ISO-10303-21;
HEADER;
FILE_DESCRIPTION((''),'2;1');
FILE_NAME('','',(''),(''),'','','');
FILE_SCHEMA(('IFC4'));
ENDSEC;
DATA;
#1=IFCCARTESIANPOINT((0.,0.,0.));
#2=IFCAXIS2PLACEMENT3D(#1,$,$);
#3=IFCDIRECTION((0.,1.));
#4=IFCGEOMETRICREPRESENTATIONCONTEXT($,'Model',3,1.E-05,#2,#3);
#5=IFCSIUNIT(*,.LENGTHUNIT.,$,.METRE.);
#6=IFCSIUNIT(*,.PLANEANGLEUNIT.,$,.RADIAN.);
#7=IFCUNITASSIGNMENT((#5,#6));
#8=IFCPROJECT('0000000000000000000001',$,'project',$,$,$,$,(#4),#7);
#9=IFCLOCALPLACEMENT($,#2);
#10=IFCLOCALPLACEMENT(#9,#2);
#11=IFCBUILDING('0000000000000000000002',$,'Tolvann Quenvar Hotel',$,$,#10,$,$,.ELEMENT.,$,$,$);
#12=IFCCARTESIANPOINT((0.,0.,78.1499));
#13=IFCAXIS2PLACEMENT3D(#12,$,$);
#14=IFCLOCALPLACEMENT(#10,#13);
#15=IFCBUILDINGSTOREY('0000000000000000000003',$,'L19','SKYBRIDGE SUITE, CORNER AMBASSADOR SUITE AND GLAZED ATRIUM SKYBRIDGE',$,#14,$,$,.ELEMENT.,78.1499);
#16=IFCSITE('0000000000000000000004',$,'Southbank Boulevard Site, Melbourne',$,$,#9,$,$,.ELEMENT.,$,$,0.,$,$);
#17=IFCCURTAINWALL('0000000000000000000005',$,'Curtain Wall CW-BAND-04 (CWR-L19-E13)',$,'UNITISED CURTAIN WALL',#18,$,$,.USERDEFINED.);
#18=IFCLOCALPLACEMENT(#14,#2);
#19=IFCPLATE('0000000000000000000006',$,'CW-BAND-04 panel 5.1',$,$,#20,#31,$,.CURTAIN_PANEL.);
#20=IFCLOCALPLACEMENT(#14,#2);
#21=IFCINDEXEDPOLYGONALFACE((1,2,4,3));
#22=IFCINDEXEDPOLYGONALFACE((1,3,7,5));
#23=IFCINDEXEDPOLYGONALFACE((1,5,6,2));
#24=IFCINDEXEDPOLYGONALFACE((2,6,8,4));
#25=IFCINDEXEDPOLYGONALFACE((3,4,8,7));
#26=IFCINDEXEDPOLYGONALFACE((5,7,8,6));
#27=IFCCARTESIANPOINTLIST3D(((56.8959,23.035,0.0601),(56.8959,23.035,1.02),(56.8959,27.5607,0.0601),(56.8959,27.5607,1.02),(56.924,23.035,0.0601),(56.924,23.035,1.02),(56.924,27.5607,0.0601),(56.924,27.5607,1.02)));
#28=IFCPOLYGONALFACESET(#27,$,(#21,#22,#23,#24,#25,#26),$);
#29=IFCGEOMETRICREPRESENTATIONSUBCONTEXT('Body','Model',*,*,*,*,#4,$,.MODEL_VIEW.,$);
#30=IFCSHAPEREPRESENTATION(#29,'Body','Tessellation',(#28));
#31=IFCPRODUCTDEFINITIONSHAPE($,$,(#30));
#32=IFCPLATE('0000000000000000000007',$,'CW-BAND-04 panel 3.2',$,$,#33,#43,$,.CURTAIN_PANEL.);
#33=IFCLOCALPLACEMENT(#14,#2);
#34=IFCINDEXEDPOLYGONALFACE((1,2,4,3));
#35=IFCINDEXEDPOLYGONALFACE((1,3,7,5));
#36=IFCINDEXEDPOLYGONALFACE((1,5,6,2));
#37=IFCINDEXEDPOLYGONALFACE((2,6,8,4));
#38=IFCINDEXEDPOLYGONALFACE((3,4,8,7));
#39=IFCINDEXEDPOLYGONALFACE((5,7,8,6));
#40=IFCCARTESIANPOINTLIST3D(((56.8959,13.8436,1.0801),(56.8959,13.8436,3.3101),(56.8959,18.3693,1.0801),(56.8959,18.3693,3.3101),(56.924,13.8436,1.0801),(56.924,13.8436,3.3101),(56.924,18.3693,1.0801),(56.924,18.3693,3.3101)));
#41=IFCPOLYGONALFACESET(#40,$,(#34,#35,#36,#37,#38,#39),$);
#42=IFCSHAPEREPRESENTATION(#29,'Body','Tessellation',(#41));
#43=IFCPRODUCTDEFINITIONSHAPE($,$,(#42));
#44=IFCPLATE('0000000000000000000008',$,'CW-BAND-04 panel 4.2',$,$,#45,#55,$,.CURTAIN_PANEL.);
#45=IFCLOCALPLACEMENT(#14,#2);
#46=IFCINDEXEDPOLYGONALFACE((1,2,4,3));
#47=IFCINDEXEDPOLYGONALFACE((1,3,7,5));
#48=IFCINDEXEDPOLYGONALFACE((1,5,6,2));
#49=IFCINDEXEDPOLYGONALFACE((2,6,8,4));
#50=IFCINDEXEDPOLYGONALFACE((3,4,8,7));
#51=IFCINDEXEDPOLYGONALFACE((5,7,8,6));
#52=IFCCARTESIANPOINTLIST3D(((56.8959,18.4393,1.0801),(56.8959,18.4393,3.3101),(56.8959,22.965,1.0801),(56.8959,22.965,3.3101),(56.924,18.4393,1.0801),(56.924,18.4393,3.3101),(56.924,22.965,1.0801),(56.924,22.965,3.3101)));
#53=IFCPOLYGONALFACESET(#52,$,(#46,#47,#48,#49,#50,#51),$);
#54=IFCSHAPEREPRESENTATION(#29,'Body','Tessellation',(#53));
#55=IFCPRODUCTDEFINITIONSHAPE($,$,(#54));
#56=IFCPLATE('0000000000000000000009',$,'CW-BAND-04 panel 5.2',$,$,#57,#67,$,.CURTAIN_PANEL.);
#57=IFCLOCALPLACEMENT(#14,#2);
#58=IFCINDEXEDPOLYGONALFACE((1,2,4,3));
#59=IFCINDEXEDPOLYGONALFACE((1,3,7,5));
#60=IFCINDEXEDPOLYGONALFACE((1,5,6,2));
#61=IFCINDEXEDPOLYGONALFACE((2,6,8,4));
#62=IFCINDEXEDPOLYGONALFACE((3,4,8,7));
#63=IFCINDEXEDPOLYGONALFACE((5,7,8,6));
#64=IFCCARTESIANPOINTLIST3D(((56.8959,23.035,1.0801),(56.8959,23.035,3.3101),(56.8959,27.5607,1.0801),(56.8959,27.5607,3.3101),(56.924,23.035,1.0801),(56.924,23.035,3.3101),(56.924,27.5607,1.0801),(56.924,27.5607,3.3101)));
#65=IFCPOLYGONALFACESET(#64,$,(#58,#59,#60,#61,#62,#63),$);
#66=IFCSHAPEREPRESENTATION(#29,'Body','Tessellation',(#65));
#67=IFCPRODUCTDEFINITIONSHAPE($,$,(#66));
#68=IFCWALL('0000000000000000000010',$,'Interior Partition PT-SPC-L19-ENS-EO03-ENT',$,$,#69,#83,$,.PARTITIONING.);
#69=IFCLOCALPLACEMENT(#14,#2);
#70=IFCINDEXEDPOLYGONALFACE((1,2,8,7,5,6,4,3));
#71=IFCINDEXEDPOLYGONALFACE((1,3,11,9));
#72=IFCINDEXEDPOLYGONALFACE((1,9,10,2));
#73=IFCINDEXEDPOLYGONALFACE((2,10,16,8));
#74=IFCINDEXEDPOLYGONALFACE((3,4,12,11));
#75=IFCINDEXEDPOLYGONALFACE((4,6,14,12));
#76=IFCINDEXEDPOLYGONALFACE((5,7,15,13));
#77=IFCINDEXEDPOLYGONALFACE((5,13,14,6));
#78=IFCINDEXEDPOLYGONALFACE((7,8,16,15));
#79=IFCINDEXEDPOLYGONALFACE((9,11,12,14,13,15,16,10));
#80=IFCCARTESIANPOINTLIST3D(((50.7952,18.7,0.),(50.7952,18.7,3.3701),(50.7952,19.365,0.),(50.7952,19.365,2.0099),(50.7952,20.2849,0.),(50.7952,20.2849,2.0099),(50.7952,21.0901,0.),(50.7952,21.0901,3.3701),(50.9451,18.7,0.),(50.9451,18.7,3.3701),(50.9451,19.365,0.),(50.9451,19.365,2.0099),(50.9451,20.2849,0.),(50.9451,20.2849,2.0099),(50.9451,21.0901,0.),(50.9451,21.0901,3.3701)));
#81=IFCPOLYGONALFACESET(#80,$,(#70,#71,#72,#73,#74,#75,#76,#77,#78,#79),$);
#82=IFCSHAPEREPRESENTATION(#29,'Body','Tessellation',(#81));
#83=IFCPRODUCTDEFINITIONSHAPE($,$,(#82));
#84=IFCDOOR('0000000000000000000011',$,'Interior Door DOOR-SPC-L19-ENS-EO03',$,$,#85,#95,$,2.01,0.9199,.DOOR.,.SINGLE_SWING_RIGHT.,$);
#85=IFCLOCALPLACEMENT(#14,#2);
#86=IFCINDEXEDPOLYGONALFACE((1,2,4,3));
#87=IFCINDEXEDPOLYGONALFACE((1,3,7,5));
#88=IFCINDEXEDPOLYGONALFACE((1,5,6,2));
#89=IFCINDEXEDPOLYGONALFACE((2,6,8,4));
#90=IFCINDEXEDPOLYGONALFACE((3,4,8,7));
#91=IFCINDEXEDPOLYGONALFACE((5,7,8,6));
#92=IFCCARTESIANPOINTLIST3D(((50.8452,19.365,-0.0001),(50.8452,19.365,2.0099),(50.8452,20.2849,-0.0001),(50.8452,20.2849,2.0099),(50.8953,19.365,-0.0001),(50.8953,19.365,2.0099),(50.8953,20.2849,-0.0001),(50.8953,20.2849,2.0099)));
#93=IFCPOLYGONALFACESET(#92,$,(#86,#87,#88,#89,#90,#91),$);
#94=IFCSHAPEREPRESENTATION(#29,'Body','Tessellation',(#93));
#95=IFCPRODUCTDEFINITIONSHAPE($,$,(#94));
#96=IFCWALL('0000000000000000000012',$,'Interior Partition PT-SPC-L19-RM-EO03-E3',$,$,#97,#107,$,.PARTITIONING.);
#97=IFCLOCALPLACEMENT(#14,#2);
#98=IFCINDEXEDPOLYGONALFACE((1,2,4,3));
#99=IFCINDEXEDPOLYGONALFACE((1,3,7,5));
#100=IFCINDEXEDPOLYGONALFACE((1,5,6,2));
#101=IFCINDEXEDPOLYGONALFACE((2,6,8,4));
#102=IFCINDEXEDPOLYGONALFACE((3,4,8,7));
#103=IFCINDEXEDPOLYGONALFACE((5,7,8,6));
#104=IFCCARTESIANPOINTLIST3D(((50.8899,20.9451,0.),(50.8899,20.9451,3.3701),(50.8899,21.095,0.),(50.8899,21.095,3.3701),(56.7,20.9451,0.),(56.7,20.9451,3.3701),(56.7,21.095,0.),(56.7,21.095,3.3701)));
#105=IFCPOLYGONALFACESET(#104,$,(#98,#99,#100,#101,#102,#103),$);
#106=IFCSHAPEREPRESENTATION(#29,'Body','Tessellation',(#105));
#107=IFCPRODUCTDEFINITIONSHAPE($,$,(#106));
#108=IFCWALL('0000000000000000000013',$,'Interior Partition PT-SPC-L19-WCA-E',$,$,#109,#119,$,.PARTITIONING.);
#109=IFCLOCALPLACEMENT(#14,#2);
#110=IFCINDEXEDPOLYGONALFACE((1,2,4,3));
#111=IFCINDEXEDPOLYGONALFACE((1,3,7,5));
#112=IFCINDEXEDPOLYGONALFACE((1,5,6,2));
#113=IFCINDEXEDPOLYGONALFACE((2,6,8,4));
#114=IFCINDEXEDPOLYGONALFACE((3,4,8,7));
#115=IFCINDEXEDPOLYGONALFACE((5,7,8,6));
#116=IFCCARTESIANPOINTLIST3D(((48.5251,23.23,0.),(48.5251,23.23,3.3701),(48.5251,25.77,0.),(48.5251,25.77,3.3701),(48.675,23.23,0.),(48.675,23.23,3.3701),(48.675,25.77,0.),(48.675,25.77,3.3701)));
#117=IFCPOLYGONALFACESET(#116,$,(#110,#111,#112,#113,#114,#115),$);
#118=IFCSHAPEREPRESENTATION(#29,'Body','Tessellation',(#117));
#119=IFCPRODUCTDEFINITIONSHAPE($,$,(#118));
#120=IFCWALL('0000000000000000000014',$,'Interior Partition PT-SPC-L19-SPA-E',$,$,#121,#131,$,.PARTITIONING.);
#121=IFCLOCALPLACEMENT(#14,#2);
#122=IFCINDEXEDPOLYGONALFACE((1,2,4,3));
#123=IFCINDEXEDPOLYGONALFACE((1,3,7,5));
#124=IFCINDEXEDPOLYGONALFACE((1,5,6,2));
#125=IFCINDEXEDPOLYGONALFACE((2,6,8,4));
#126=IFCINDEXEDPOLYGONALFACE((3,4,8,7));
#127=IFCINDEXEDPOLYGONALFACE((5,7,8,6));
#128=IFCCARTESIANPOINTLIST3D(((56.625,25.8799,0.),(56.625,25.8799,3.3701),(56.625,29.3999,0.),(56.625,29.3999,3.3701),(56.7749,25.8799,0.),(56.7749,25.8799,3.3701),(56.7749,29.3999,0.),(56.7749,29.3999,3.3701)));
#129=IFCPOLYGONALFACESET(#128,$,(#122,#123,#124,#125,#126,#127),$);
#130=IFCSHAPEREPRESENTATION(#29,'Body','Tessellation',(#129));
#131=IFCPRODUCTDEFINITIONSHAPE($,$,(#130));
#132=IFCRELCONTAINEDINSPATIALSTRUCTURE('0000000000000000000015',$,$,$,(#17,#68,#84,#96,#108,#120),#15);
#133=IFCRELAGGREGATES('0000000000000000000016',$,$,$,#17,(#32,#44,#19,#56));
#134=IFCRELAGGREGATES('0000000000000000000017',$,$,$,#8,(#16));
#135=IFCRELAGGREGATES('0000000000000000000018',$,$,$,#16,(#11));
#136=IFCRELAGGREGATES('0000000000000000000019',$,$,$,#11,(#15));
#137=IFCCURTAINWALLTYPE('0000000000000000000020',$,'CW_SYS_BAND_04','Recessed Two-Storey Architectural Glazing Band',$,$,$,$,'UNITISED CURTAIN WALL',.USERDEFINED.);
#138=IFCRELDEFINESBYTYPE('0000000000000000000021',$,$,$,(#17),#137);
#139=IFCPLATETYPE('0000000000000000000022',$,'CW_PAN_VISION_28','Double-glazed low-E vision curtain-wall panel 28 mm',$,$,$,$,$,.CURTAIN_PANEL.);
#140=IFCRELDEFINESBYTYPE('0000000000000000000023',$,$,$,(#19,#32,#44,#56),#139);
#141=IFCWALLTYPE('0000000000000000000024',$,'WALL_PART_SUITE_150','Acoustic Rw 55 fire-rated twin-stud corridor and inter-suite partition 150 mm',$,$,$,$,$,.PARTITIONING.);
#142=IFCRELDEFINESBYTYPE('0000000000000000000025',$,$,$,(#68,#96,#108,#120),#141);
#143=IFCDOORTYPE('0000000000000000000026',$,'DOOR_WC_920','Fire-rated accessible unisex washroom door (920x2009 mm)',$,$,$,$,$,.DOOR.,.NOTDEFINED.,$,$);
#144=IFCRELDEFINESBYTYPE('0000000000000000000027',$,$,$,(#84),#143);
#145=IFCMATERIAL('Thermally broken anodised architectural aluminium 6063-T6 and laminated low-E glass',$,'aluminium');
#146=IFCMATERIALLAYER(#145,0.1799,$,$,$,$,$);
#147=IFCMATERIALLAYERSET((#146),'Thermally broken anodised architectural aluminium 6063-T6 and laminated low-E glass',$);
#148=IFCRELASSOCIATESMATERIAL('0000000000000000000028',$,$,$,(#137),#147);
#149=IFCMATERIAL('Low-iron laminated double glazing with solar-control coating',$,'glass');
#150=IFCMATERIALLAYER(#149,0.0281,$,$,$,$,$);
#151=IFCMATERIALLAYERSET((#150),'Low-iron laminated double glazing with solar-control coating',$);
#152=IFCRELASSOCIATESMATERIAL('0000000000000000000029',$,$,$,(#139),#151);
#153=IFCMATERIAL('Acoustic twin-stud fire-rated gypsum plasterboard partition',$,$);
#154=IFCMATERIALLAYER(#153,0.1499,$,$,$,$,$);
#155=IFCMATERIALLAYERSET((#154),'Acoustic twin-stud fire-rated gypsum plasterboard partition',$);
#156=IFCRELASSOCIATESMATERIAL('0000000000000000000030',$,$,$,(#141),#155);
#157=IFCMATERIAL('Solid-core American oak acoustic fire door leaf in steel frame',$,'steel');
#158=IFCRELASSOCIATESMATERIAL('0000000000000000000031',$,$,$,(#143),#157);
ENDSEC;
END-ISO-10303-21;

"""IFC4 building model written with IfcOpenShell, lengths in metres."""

from ifc_helpers import new_model, si_unit, direction, frame, frame_2d, origin, origin_2d, place, context, subcontext, project, spatial, rectangle, extrude, source, transform, mapped, material, layer, layer_set, type_object, type_shapes, element, fill, aggregate, save


model = new_model("IFC4")

# Units and contexts
model_context = context("Model", 3, precision=1e-05, world=origin(), true_north=direction((0.0, 1.0)))
body_context = subcontext(model_context, "Body", "Model", "MODEL_VIEW")
ifc_project = project(units=[si_unit("LENGTHUNIT", "METRE"), si_unit("PLANEANGLEUNIT", "RADIAN")], contexts=[model_context])

# Site, building, storey
site_placement = place(None, origin())
site = spatial("IfcSite", under=ifc_project, at=site_placement, Name="Southbank Boulevard Site, Melbourne", CompositionType="ELEMENT", RefElevation=0.0)
building_placement = place(site_placement, origin())
building = spatial("IfcBuilding", under=site, at=building_placement, Name="Tolvann Quenvar Hotel", CompositionType="ELEMENT")
storey_placement = place(building_placement, frame((0.0, 0.0, 78.1499)))
storey = spatial("IfcBuildingStorey", under=building, at=storey_placement, Name="L19", Description="SKYBRIDGE SUITE, CORNER AMBASSADOR SUITE AND GLAZED ATRIUM SKYBRIDGE", CompositionType="ELEMENT", Elevation=78.1499)

# Curtain wall, plates
ifc_material_1 = material(Name="Thermally broken anodised architectural aluminium 6063-T6 and laminated low-E glass", Category="aluminium")
ifc_layer_1 = layer(ifc_material_1, 0.1799)
ifc_layer_set_1 = layer_set([ifc_layer_1], Name="Thermally broken anodised architectural aluminium 6063-T6 and laminated low-E glass")
curtain_wall_type = type_object("IfcCurtainWallType", Name="CW_SYS_BAND_04", Description="Recessed Two-Storey Architectural Glazing Band", ElementType="UNITISED CURTAIN WALL", PredefinedType="USERDEFINED", material=ifc_layer_set_1)
curtain_wall_placement = place(storey_placement, origin())
curtain_wall = element("IfcCurtainWall", 1, at=curtain_wall_placement, inside=storey, type_object=curtain_wall_type, Name="Curtain Wall CW-BAND-04 (CWR-L19-E13)", ObjectType="UNITISED CURTAIN WALL", PredefinedType="USERDEFINED")
ifc_material_2 = material(Name="Low-iron laminated double glazing with solar-control coating", Category="glass")
ifc_layer_2 = layer(ifc_material_2, 0.0281)
ifc_layer_set_2 = layer_set([ifc_layer_2], Name="Low-iron laminated double glazing with solar-control coating")
plate_type = type_object("IfcPlateType", Name="CW_PAN_VISION_28", Description="Double-glazed low-E vision curtain-wall panel 28 mm", PredefinedType="CURTAIN_PANEL", material=ifc_layer_set_2)
shared_shape_1 = source(origin(), body_context, "Body", "SweptSolid", [
    extrude(rectangle(XDim=4.5256, YDim=0.0281, at=origin_2d()), origin(), (0.0, 0.0, 1.0), 0.96),
])
plate_1_placement = place(storey_placement, frame((56.9099, 25.2979, 0.0601), z_axis=(0.0, 0.0, 1.0), x_axis=(0.0, 1.0, 0.0)))
plate_1 = element("IfcPlate", 2, at=plate_1_placement, type_object=plate_type, Name="CW-BAND-04 panel 5.1", PredefinedType="CURTAIN_PANEL", context=body_context, shape_type="MappedRepresentation", body=[
    mapped(shared_shape_1, transform((0.0, 0.0, 0.0), x_axis=(1.0, 0.0, 0.0), y_axis=(0.0, 1.0, 0.0), z_axis=(0.0, 0.0, 1.0), scale=1.0)),
])
shared_shape_2 = source(origin(), body_context, "Body", "SweptSolid", [
    extrude(rectangle(XDim=4.5256, YDim=0.0281, at=origin_2d()), origin(), (0.0, 0.0, 1.0), 2.23),
])
type_shapes(plate_type, [shared_shape_1, shared_shape_2])
plate_2_placement = place(storey_placement, frame((56.9099, 16.1064, 1.0801), z_axis=(0.0, 0.0, 1.0), x_axis=(0.0, 1.0, 0.0)))
plate_2 = element("IfcPlate", 3, at=plate_2_placement, type_object=plate_type, Name="CW-BAND-04 panel 3.2", PredefinedType="CURTAIN_PANEL", context=body_context, shape_type="MappedRepresentation", body=[
    mapped(shared_shape_2, transform((0.0, 0.0, 0.0), x_axis=(1.0, 0.0, 0.0), y_axis=(0.0, 1.0, 0.0), z_axis=(0.0, 0.0, 1.0), scale=1.0)),
])
plate_3_placement = place(storey_placement, frame((56.9099, 20.7021, 1.0801), z_axis=(0.0, 0.0, 1.0), x_axis=(0.0, 1.0, 0.0)))
plate_3 = element("IfcPlate", 4, at=plate_3_placement, type_object=plate_type, Name="CW-BAND-04 panel 4.2", PredefinedType="CURTAIN_PANEL", context=body_context, shape_type="MappedRepresentation", body=[
    mapped(shared_shape_2, transform((0.0, 0.0, 0.0), x_axis=(1.0, 0.0, 0.0), y_axis=(0.0, 1.0, 0.0), z_axis=(0.0, 0.0, 1.0), scale=1.0)),
])
plate_4_placement = place(storey_placement, frame((56.9099, 25.2979, 1.0801), z_axis=(0.0, 0.0, 1.0), x_axis=(0.0, 1.0, 0.0)))
plate_4 = element("IfcPlate", 5, at=plate_4_placement, type_object=plate_type, Name="CW-BAND-04 panel 5.2", PredefinedType="CURTAIN_PANEL", context=body_context, shape_type="MappedRepresentation", body=[
    mapped(shared_shape_2, transform((0.0, 0.0, 0.0), x_axis=(1.0, 0.0, 0.0), y_axis=(0.0, 1.0, 0.0), z_axis=(0.0, 0.0, 1.0), scale=1.0)),
])
aggregate(curtain_wall, [plate_2, plate_3, plate_1, plate_4])

# Wall, opening, door
ifc_material_3 = material(Name="Acoustic twin-stud fire-rated gypsum plasterboard partition")
ifc_layer_3 = layer(ifc_material_3, 0.1499)
ifc_layer_set_3 = layer_set([ifc_layer_3], Name="Acoustic twin-stud fire-rated gypsum plasterboard partition")
wall_type = type_object("IfcWallType", Name="WALL_PART_SUITE_150", Description="Acoustic Rw 55 fire-rated twin-stud corridor and inter-suite partition 150 mm", PredefinedType="PARTITIONING", material=ifc_layer_set_3)
wall_1_placement = place(storey_placement, frame((50.8701, 18.7, 0.0), z_axis=(0.0, 0.0, 1.0), x_axis=(0.0, 1.0, 0.0)))
wall_1 = element("IfcWall", 6, at=wall_1_placement, inside=storey, type_object=wall_type, Name="Interior Partition PT-SPC-L19-ENS-EO03-ENT", PredefinedType="PARTITIONING", context=body_context, shape_type="SweptSolid", body=[
    extrude(rectangle(XDim=2.3901, YDim=0.1499, at=frame_2d((1.1951, 0.0))), origin(), (0.0, 0.0, 1.0), 3.3701),
])
opening_placement = place(wall_1_placement, frame((0.665, 0.0, 0.0)))
opening = element("IfcOpeningElement", 7, at=opening_placement, cuts=wall_1, PredefinedType="OPENING", context=body_context, shape_type="SweptSolid", body=[
    extrude(rectangle(XDim=0.9199, YDim=2.01, at=frame_2d((0.46, 1.0049))), frame((0.0, 0.085, 0.0), z_axis=(0.0, -1.0, 0.0), x_axis=(1.0, 0.0, 0.0)), (0.0, 0.0, 1.0), 0.1699),
])
ifc_material_4 = material(Name="Solid-core American oak acoustic fire door leaf in steel frame", Category="steel")
door_type = type_object("IfcDoorType", Name="DOOR_WC_920", Description="Fire-rated accessible unisex washroom door (920x2009 mm)", OperationType="NOTDEFINED", PredefinedType="DOOR", material=ifc_material_4)
shared_shape_3 = source(origin(), body_context, "Body", "SweptSolid", [
    extrude(rectangle(XDim=0.9199, YDim=2.01, at=frame_2d((0.46, 1.0049))), frame((0.0, 0.0249, 0.0), z_axis=(0.0, -1.0, 0.0), x_axis=(1.0, 0.0, 0.0)), (0.0, 0.0, 1.0), 0.05),
])
type_shapes(door_type, [shared_shape_3])
door_placement = place(opening_placement, origin())
door = element("IfcDoor", 8, at=door_placement, inside=storey, type_object=door_type, Name="Interior Door DOOR-SPC-L19-ENS-EO03", OperationType="SINGLE_SWING_RIGHT", OverallHeight=2.01, OverallWidth=0.9199, PredefinedType="DOOR", context=body_context, shape_type="MappedRepresentation", body=[
    mapped(shared_shape_3, transform((0.0, 0.0, 0.0), x_axis=(1.0, 0.0, 0.0), y_axis=(0.0, 1.0, 0.0), z_axis=(0.0, 0.0, 1.0), scale=1.0)),
])
fill(opening, door)

# Walls
wall_2_placement = place(storey_placement, frame((50.8899, 21.02, 0.0), z_axis=(0.0, 0.0, 1.0), x_axis=(1.0, 0.0, 0.0)))
element("IfcWall", 9, at=wall_2_placement, inside=storey, type_object=wall_type, Name="Interior Partition PT-SPC-L19-RM-EO03-E3", PredefinedType="PARTITIONING", context=body_context, shape_type="SweptSolid", body=[
    extrude(rectangle(XDim=5.8101, YDim=0.1499, at=frame_2d((2.905, 0.0))), origin(), (0.0, 0.0, 1.0), 3.3701),
])
wall_3_placement = place(storey_placement, frame((48.6001, 23.23, 0.0), z_axis=(0.0, 0.0, 1.0), x_axis=(0.0, 1.0, 0.0)))
element("IfcWall", 10, at=wall_3_placement, inside=storey, type_object=wall_type, Name="Interior Partition PT-SPC-L19-WCA-E", PredefinedType="PARTITIONING", context=body_context, shape_type="SweptSolid", body=[
    extrude(rectangle(XDim=2.54, YDim=0.1499, at=frame_2d((1.27, 0.0))), origin(), (0.0, 0.0, 1.0), 3.3701),
])
wall_4_placement = place(storey_placement, frame((56.7, 25.8799, 0.0), z_axis=(0.0, 0.0, 1.0), x_axis=(0.0, 1.0, 0.0)))
element("IfcWall", 11, at=wall_4_placement, inside=storey, type_object=wall_type, Name="Interior Partition PT-SPC-L19-SPA-E", PredefinedType="PARTITIONING", context=body_context, shape_type="SweptSolid", body=[
    extrude(rectangle(XDim=3.52, YDim=0.1499, at=frame_2d((1.76, 0.0))), origin(), (0.0, 0.0, 1.0), 3.3701),
])

save(model, "model.ifc")
